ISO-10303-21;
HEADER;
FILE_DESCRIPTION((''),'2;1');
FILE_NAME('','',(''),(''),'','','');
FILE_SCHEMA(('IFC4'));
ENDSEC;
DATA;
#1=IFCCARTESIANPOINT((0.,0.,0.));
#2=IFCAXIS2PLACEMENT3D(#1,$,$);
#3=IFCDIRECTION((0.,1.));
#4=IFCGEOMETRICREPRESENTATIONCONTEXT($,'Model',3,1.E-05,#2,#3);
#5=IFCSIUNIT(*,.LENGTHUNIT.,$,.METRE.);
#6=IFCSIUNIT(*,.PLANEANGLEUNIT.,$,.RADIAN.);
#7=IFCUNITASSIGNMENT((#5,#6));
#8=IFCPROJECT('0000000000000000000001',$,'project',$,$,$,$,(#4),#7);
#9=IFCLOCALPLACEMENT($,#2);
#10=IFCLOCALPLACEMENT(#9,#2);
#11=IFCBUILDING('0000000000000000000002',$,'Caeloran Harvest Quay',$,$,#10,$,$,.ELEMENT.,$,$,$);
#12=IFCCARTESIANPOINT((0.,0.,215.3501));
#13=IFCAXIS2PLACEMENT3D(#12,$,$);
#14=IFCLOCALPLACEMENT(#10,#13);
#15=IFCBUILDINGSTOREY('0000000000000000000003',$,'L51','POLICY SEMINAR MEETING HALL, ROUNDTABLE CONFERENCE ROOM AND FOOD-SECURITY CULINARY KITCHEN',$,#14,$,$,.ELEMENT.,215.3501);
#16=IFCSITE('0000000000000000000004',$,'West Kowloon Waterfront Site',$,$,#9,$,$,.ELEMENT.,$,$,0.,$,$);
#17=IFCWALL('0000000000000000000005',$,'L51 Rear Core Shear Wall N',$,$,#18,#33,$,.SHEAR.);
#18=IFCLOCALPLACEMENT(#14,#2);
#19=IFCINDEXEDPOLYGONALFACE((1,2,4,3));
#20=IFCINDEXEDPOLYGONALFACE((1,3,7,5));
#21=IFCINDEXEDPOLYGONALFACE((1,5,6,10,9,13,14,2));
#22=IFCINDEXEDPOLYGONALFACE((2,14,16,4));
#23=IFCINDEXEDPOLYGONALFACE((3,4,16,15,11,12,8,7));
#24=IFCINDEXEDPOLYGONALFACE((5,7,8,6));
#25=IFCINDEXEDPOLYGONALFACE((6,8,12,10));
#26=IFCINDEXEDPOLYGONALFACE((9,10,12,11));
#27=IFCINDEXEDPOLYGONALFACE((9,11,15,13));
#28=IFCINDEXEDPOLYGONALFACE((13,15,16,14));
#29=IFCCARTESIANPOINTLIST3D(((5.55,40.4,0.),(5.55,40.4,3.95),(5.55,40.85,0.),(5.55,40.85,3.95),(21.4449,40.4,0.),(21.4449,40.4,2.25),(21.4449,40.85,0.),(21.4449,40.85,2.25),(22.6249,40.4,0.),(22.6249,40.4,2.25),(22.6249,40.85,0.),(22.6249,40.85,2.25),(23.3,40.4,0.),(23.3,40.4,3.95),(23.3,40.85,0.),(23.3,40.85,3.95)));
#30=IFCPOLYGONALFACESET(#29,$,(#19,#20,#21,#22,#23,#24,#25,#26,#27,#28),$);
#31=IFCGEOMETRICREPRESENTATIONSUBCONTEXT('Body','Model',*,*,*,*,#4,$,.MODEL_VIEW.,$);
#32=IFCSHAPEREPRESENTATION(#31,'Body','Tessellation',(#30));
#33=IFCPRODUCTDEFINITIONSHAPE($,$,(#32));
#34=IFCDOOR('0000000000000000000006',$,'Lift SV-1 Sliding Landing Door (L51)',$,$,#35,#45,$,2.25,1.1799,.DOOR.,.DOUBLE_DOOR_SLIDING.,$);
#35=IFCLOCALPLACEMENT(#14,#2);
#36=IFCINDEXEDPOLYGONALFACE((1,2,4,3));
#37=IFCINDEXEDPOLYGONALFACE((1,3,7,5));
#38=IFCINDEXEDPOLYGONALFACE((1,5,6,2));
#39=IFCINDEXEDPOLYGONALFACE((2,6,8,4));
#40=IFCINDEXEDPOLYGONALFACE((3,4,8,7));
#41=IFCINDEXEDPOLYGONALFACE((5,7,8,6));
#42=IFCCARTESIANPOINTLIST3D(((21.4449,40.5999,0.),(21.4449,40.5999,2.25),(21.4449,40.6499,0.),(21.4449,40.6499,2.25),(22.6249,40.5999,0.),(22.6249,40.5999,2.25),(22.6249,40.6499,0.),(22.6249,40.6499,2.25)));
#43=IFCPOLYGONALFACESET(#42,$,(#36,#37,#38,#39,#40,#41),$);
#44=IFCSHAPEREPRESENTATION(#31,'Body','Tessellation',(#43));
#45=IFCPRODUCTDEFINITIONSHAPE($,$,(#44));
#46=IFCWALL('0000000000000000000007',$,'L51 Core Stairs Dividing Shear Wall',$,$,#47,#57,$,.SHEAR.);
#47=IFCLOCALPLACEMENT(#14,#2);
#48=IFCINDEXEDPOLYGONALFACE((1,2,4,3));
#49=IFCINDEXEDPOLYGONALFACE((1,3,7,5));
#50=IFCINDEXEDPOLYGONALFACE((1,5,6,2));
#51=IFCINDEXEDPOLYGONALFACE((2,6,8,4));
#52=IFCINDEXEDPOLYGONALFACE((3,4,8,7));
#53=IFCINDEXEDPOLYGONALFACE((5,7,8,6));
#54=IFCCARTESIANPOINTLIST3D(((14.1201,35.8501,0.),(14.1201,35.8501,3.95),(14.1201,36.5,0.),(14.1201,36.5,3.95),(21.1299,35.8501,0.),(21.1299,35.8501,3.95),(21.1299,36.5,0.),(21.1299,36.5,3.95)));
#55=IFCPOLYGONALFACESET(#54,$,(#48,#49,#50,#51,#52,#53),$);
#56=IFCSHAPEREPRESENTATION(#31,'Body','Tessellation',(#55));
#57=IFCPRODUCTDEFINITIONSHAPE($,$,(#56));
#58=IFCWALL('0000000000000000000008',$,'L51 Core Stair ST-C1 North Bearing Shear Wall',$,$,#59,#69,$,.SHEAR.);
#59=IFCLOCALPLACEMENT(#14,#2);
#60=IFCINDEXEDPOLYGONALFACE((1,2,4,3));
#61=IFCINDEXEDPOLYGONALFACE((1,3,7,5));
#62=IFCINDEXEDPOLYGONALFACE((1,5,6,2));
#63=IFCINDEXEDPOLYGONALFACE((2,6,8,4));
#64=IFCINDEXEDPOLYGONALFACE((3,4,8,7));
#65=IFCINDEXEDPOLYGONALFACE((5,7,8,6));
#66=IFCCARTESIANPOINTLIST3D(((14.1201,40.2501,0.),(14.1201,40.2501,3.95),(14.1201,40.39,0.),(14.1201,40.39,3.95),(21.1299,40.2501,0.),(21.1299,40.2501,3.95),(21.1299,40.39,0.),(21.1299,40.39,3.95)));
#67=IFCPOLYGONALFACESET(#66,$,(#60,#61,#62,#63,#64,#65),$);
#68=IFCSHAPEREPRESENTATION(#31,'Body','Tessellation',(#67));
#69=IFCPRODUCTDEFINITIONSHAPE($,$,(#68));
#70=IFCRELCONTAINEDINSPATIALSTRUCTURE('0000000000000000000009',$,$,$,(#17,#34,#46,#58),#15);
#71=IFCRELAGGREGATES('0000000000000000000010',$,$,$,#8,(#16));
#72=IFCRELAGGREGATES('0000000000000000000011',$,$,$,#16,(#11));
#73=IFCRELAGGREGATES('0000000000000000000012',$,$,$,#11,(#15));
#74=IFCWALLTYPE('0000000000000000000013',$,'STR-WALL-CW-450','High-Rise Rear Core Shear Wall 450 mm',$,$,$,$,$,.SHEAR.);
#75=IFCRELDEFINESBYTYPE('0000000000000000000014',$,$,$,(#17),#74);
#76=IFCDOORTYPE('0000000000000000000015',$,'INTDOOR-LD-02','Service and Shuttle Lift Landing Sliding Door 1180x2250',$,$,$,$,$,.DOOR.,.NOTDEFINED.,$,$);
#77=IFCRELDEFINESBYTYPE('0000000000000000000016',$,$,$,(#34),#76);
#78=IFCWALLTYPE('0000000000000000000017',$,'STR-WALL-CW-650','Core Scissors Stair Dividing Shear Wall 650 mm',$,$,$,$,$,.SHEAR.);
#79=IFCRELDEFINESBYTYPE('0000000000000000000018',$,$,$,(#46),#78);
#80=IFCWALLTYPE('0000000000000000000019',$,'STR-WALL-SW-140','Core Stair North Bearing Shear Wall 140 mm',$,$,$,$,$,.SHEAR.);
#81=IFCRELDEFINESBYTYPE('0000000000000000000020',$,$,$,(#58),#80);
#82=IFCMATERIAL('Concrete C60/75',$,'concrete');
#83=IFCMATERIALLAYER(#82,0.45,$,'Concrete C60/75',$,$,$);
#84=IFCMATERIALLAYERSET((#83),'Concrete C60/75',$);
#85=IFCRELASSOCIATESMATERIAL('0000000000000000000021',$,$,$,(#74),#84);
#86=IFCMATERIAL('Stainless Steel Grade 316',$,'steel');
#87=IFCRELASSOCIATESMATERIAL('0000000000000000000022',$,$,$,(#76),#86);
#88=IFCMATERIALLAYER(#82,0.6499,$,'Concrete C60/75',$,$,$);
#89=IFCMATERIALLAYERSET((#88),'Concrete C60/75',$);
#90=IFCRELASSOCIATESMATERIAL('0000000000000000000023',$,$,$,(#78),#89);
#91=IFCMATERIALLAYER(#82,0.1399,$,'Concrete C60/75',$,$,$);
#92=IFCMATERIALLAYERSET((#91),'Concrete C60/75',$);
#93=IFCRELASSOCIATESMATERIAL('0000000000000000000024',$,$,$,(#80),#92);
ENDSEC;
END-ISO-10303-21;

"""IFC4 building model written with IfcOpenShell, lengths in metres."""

from ifc_helpers import new_model, si_unit, direction, frame, frame_2d, origin, place, context, subcontext, project, spatial, rectangle, extrude, material, layer, layer_set, type_object, element, fill, save


model = new_model("IFC4")

# Units and contexts
model_context = context("Model", 3, precision=1e-05, world=origin(), true_north=direction((0.0, 1.0)))
body_context = subcontext(model_context, "Body", "Model", "MODEL_VIEW")
ifc_project = project(units=[si_unit("LENGTHUNIT", "METRE"), si_unit("PLANEANGLEUNIT", "RADIAN")], contexts=[model_context])

# Site, building, storey
site_placement = place(None, origin())
site = spatial("IfcSite", under=ifc_project, at=site_placement, Name="West Kowloon Waterfront Site", CompositionType="ELEMENT", RefElevation=0.0)
building_placement = place(site_placement, origin())
building = spatial("IfcBuilding", under=site, at=building_placement, Name="Caeloran Harvest Quay", CompositionType="ELEMENT")
storey_placement = place(building_placement, frame((0.0, 0.0, 215.3501)))
storey = spatial("IfcBuildingStorey", under=building, at=storey_placement, Name="L51", Description="POLICY SEMINAR MEETING HALL, ROUNDTABLE CONFERENCE ROOM AND FOOD-SECURITY CULINARY KITCHEN", CompositionType="ELEMENT", Elevation=215.3501)

# Shared definitions
ifc_material_1 = material(Name="Stainless Steel Grade 316", Category="steel")

# Wall, opening, door
ifc_material_2 = material(Name="Concrete C60/75", Category="concrete")
ifc_layer_1 = layer(ifc_material_2, 0.45, Name="Concrete C60/75")
ifc_layer_set_1 = layer_set([ifc_layer_1], Name="Concrete C60/75")
wall_type_1 = type_object("IfcWallType", Name="STR-WALL-CW-450", Description="High-Rise Rear Core Shear Wall 450 mm", PredefinedType="SHEAR", material=ifc_layer_set_1)
wall_1_placement = place(storey_placement, frame((5.55, 40.625, 0.0), z_axis=(0.0, 0.0, 1.0), x_axis=(1.0, 0.0, 0.0)))
wall_1 = element("IfcWall", 1, at=wall_1_placement, inside=storey, type_object=wall_type_1, Name="L51 Rear Core Shear Wall N", PredefinedType="SHEAR", context=body_context, shape_type="SweptSolid", body=[
    extrude(rectangle(XDim=17.75, YDim=0.45, at=frame_2d((8.875, 0.0))), origin(), (0.0, 0.0, 1.0), 3.95),
])
opening_1_placement = place(wall_1_placement, frame((15.895, 0.0, 0.0)))
opening_1 = element("IfcOpeningElement", 2, at=opening_1_placement, cuts=wall_1, PredefinedType="OPENING", context=body_context, shape_type="SweptSolid", body=[
    extrude(rectangle(XDim=1.1799, YDim=2.25, at=frame_2d((0.5898, 1.125))), frame((0.0, 0.2349, 0.0), z_axis=(0.0, -1.0, 0.0), x_axis=(1.0, 0.0, 0.0)), (0.0, 0.0, 1.0), 0.47),
])
door_type_1 = type_object("IfcDoorType", Name="INTDOOR-LD-02", Description="Service and Shuttle Lift Landing Sliding Door 1180x2250", OperationType="NOTDEFINED", PredefinedType="DOOR", material=ifc_material_1)
door_1_placement = place(opening_1_placement, origin())
door_1 = element("IfcDoor", 3, at=door_1_placement, inside=storey, type_object=door_type_1, Name="Lift SV-1 Sliding Landing Door (L51)", OperationType="DOUBLE_DOOR_SLIDING", OverallHeight=2.25, OverallWidth=1.1799, PredefinedType="DOOR", context=body_context, shape_type="SweptSolid", body=[
    extrude(rectangle(XDim=1.1799, YDim=2.25, at=frame_2d((0.5898, 1.125))), frame((0.0, 0.0249, 0.0), z_axis=(0.0, -1.0, 0.0), x_axis=(1.0, 0.0, 0.0)), (0.0, 0.0, 1.0), 0.05),
])
fill(opening_1, door_1)

# Walls
ifc_layer_2 = layer(ifc_material_2, 0.6499, Name="Concrete C60/75")
ifc_layer_set_2 = layer_set([ifc_layer_2], Name="Concrete C60/75")
wall_type_2 = type_object("IfcWallType", Name="STR-WALL-CW-650", Description="Core Scissors Stair Dividing Shear Wall 650 mm", PredefinedType="SHEAR", material=ifc_layer_set_2)
wall_2_placement = place(storey_placement, frame((14.1201, 36.175, 0.0), z_axis=(0.0, 0.0, 1.0), x_axis=(1.0, 0.0, 0.0)))
element("IfcWall", 4, at=wall_2_placement, inside=storey, type_object=wall_type_2, Name="L51 Core Stairs Dividing Shear Wall", PredefinedType="SHEAR", context=body_context, shape_type="SweptSolid", body=[
    extrude(rectangle(XDim=7.0098, YDim=0.6499, at=frame_2d((3.5049, 0.0))), origin(), (0.0, 0.0, 1.0), 3.95),
])
ifc_layer_3 = layer(ifc_material_2, 0.1399, Name="Concrete C60/75")
ifc_layer_set_3 = layer_set([ifc_layer_3], Name="Concrete C60/75")
wall_type_3 = type_object("IfcWallType", Name="STR-WALL-SW-140", Description="Core Stair North Bearing Shear Wall 140 mm", PredefinedType="SHEAR", material=ifc_layer_set_3)
wall_3_placement = place(storey_placement, frame((14.1201, 40.3201, 0.0), z_axis=(0.0, 0.0, 1.0), x_axis=(1.0, 0.0, 0.0)))
element("IfcWall", 5, at=wall_3_placement, inside=storey, type_object=wall_type_3, Name="L51 Core Stair ST-C1 North Bearing Shear Wall", PredefinedType="SHEAR", context=body_context, shape_type="SweptSolid", body=[
    extrude(rectangle(XDim=7.0098, YDim=0.1399, at=frame_2d((3.5049, 0.0))), origin(), (0.0, 0.0, 1.0), 3.95),
])

save(model, "model.ifc")
